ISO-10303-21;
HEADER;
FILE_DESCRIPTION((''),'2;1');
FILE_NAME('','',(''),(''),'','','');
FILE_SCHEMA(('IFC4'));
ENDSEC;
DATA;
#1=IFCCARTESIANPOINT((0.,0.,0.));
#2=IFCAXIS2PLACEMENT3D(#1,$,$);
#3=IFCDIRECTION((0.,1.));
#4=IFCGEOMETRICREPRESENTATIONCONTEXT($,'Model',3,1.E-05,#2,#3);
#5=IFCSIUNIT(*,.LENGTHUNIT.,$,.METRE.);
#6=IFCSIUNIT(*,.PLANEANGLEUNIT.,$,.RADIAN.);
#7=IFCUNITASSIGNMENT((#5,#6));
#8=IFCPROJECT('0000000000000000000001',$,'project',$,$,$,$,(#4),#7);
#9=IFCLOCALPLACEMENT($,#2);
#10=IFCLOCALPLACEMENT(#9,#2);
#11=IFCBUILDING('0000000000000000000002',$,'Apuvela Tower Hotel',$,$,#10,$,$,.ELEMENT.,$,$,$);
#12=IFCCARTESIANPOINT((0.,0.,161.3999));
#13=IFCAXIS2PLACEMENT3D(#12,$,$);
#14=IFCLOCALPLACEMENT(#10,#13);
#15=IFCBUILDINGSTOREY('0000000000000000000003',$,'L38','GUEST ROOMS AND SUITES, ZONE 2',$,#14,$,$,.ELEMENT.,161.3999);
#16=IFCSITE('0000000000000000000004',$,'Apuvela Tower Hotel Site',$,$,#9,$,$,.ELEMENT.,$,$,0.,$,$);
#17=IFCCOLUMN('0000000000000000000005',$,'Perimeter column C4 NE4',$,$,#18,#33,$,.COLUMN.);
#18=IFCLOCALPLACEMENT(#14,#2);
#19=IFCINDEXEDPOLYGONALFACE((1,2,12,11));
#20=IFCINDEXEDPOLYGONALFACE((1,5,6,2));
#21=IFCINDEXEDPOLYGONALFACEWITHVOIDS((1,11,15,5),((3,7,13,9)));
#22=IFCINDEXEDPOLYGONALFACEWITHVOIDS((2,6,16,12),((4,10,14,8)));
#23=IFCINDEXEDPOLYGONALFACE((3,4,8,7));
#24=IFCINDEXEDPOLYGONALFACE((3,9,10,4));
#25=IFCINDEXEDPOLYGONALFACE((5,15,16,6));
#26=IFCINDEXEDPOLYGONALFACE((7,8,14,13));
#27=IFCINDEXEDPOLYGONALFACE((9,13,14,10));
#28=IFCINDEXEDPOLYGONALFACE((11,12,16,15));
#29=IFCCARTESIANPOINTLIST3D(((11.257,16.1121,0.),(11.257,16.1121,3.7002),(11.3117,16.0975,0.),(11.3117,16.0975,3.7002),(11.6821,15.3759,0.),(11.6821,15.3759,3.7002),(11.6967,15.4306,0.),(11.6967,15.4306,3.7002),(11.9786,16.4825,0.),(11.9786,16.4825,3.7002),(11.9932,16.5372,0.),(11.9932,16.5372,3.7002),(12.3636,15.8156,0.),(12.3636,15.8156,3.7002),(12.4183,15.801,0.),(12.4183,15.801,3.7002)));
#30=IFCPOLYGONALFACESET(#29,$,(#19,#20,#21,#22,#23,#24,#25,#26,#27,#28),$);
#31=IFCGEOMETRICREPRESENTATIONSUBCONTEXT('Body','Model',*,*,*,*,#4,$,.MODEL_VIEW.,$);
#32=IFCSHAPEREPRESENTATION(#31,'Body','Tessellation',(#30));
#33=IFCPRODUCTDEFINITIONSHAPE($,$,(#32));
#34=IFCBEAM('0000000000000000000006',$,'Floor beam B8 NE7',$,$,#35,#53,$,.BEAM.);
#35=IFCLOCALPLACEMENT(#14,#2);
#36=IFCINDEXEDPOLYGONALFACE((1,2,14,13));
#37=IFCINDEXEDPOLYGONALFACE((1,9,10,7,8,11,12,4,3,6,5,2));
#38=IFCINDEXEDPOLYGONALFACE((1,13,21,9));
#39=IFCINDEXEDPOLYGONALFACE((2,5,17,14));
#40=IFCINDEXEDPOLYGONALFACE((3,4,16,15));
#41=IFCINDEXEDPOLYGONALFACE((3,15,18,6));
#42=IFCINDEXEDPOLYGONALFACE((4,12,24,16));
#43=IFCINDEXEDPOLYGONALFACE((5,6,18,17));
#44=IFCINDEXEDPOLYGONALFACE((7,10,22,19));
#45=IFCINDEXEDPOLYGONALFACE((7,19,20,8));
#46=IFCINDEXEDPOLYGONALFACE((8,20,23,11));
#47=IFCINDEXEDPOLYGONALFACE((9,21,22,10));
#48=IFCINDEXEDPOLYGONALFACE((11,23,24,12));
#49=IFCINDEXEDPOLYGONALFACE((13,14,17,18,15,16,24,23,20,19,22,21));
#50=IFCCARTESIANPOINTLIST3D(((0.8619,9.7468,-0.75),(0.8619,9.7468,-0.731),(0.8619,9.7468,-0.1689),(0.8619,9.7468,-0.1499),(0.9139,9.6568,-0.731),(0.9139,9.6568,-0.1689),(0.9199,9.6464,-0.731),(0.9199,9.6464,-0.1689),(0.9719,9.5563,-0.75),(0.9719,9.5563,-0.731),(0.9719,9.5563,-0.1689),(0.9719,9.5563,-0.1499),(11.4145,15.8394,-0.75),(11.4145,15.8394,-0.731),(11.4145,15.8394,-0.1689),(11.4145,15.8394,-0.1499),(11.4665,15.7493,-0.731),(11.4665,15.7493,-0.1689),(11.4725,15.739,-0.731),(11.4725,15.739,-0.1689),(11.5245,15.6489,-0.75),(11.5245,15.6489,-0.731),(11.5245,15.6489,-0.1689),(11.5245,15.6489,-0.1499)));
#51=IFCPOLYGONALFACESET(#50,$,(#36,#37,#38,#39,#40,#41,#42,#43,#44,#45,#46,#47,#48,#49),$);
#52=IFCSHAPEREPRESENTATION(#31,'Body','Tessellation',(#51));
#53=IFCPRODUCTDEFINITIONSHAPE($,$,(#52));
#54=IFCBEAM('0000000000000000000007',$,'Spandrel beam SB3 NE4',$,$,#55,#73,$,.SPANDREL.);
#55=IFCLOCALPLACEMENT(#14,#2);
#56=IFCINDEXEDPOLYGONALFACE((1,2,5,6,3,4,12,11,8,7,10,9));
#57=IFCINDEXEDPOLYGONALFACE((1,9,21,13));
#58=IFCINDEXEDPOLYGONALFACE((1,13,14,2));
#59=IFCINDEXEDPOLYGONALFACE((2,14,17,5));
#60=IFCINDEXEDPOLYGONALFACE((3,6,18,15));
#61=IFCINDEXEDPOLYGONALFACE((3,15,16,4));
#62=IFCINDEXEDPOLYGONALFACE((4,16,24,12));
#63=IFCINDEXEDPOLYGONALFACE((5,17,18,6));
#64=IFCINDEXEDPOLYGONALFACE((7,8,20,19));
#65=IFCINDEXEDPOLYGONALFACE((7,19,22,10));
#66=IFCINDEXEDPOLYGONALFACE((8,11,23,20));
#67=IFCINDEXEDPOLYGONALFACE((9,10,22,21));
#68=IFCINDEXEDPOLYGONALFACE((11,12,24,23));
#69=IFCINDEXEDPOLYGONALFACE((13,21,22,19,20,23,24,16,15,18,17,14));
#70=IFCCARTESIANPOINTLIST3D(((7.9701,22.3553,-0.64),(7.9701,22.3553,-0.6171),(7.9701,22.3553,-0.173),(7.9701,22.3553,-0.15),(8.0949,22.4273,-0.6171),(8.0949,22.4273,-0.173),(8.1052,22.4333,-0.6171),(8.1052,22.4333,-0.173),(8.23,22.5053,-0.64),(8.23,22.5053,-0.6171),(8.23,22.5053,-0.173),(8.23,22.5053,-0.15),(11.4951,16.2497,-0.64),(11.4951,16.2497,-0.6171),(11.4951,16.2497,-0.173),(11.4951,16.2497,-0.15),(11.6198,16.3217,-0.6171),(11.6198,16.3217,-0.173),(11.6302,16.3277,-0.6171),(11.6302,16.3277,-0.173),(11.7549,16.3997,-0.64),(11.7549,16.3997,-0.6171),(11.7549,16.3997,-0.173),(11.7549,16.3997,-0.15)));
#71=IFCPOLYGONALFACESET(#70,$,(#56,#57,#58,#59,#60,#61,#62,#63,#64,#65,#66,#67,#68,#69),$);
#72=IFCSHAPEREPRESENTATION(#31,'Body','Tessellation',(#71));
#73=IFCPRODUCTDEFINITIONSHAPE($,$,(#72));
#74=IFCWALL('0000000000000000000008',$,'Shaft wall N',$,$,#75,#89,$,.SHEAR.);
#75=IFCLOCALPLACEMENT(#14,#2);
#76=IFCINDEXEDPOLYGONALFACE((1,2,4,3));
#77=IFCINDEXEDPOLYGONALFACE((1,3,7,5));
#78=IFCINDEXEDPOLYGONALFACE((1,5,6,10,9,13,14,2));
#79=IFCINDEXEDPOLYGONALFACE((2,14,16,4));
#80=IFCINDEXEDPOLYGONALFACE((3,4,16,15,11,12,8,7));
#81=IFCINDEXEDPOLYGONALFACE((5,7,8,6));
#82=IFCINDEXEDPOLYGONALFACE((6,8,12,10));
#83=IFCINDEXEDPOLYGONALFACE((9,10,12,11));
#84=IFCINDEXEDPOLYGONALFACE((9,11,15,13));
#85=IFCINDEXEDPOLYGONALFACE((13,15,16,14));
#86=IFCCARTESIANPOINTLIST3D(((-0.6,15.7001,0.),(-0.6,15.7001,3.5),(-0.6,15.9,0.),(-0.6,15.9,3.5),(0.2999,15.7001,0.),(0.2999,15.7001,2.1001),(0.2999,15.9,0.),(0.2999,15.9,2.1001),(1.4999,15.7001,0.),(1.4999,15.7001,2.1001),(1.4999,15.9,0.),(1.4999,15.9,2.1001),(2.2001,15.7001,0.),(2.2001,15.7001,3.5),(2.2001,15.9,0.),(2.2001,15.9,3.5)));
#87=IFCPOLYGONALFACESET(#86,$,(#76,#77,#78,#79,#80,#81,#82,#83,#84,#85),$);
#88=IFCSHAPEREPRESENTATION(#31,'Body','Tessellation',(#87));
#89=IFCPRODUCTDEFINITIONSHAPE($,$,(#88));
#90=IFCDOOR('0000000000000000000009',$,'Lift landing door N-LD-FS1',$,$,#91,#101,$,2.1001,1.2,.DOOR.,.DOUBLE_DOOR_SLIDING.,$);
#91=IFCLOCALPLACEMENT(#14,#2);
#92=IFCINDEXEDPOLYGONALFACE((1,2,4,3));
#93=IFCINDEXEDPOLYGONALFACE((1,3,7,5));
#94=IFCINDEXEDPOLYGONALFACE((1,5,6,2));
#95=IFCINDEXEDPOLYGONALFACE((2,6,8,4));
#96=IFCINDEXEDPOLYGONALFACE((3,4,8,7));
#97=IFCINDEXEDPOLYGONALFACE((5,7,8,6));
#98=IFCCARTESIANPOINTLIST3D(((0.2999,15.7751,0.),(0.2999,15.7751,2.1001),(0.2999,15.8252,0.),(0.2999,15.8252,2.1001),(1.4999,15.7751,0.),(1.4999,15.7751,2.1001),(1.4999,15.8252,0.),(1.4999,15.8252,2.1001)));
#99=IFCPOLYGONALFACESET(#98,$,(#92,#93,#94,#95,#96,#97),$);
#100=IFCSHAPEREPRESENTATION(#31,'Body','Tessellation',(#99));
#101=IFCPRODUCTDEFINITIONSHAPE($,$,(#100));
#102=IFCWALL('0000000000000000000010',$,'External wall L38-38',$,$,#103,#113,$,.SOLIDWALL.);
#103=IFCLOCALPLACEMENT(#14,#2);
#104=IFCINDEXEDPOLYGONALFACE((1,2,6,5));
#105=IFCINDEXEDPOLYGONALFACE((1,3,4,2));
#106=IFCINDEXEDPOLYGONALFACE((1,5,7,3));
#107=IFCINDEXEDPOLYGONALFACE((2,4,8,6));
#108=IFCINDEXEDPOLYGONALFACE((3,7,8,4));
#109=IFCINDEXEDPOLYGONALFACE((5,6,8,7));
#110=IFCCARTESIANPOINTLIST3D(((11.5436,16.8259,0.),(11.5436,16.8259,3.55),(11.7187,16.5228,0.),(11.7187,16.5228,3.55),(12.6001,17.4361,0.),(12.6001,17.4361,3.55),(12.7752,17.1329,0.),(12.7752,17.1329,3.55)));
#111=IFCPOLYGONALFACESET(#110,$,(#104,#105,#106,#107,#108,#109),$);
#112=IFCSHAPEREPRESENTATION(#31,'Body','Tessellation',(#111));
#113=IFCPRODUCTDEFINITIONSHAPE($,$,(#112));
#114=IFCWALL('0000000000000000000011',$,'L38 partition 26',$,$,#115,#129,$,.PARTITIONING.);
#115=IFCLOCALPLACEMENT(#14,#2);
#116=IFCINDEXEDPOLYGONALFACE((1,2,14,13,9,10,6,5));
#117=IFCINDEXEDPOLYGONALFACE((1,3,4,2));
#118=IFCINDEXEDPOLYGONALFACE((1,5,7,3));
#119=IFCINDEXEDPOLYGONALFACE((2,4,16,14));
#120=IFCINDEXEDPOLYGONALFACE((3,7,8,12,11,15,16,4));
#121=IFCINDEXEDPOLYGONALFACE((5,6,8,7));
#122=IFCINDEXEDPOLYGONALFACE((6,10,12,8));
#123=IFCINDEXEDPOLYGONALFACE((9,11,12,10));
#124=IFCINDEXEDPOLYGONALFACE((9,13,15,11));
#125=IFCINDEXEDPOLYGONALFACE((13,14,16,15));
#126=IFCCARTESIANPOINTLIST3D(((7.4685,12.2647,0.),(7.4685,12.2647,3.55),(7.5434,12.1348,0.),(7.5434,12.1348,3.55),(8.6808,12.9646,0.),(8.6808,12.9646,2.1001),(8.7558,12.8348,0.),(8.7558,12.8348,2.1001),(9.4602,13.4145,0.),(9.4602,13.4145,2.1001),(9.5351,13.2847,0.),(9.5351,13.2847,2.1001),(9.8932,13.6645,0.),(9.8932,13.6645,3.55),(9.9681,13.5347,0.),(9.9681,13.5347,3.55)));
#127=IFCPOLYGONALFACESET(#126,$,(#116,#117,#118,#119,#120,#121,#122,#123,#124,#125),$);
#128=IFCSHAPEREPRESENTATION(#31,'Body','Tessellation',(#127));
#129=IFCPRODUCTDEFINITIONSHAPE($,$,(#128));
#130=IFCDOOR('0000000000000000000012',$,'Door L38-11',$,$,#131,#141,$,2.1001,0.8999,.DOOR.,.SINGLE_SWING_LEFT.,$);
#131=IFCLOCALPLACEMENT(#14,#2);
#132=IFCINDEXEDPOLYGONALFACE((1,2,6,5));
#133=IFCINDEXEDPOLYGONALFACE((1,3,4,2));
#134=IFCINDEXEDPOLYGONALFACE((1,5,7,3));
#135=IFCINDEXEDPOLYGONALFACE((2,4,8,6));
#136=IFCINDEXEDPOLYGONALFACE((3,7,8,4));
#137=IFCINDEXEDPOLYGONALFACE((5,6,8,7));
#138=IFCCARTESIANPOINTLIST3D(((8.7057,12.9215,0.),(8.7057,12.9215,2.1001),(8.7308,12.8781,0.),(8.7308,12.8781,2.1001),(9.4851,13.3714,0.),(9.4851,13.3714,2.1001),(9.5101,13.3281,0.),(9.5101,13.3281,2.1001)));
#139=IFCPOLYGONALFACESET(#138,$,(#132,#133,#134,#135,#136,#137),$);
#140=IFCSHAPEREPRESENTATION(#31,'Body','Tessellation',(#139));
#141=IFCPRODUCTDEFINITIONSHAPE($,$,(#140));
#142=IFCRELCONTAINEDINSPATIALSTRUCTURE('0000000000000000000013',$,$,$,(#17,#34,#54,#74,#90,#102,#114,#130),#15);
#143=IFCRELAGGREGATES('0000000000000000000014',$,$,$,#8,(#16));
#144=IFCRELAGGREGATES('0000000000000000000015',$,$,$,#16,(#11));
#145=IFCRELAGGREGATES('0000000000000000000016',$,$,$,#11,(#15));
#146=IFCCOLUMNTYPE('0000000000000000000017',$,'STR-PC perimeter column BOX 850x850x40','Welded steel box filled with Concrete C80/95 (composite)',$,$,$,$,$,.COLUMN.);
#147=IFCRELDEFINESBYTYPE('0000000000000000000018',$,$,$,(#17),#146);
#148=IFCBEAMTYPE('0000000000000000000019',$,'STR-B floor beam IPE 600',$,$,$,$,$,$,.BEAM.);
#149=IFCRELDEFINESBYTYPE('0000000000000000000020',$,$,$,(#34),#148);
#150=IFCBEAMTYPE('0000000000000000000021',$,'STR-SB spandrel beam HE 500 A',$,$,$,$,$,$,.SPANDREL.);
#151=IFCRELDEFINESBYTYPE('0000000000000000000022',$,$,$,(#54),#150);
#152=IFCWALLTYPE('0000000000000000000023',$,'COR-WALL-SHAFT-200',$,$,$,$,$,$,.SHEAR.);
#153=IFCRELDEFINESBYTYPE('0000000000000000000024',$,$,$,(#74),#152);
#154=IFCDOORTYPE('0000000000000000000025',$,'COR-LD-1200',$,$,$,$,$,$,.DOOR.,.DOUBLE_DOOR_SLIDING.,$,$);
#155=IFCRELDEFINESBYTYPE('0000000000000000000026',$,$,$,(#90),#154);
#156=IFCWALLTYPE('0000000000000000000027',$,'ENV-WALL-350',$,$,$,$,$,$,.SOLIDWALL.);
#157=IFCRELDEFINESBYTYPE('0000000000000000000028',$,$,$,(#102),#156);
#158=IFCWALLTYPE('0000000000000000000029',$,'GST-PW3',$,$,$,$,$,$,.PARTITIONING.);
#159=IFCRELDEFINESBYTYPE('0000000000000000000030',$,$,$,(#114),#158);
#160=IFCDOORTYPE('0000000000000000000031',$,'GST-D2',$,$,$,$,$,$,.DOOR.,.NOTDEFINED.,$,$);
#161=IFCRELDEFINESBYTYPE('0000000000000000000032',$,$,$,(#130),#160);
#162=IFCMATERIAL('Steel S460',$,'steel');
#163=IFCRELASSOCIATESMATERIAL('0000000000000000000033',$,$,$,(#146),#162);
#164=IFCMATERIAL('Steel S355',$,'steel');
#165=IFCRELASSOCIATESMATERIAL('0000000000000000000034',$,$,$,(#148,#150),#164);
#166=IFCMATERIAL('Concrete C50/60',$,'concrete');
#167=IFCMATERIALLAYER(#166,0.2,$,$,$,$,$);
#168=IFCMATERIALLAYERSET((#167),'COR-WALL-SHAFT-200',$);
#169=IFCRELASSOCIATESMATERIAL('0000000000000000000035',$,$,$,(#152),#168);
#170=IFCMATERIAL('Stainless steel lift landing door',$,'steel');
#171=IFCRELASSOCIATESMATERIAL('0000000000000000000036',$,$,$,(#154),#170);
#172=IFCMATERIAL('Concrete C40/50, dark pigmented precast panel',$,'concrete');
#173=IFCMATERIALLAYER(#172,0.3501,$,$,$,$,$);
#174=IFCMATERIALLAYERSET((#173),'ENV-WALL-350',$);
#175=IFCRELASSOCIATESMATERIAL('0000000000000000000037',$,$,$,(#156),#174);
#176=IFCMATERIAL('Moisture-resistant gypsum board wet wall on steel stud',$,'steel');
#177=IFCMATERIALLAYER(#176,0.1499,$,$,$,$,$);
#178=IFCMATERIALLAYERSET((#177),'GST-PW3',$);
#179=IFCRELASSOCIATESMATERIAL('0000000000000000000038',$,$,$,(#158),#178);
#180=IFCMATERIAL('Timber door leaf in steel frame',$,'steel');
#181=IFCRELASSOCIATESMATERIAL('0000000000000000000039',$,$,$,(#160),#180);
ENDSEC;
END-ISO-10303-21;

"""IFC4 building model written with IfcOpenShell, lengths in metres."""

from ifc_helpers import new_model, si_unit, direction, frame, frame_2d, origin, origin_2d, place, context, subcontext, project, spatial, rectangle, hollow_rectangle, i_section, extrude, material, layer, layer_set, material_profile, profile_set, type_object, element, fill, save


model = new_model("IFC4")

# Units and contexts
model_context = context("Model", 3, precision=1e-05, world=origin(), true_north=direction((0.0, 1.0)))
body_context = subcontext(model_context, "Body", "Model", "MODEL_VIEW")
ifc_project = project(units=[si_unit("LENGTHUNIT", "METRE"), si_unit("PLANEANGLEUNIT", "RADIAN")], contexts=[model_context])

# Site, building, storey
site_placement = place(None, origin())
site = spatial("IfcSite", under=ifc_project, at=site_placement, Name="Apuvela Tower Hotel Site", CompositionType="ELEMENT", RefElevation=0.0)
building_placement = place(site_placement, origin())
building = spatial("IfcBuilding", under=site, at=building_placement, Name="Apuvela Tower Hotel", CompositionType="ELEMENT")
storey_placement = place(building_placement, frame((0.0, 0.0, 161.3999)))
storey = spatial("IfcBuildingStorey", under=building, at=storey_placement, Name="L38", Description="GUEST ROOMS AND SUITES, ZONE 2", CompositionType="ELEMENT", Elevation=161.3999)

# Column
ifc_material_1 = material(Name="Steel S460", Category="steel")
ifc_material_profile_1 = material_profile(ifc_material_1, hollow_rectangle(XDim=0.8501, YDim=0.8501, WallThickness=0.04, at=origin_2d()), Name="BOX 850x850x40")
ifc_material_2 = material(Name="Concrete C80/95", Category="concrete")
ifc_material_profile_2 = material_profile(ifc_material_2, rectangle(XDim=0.77, YDim=0.77, at=origin_2d()), Name="Concrete C80/95 infill")
ifc_profile_set_1 = profile_set([ifc_material_profile_1, ifc_material_profile_2], Name="Steel S460")
column_type = type_object("IfcColumnType", Name="STR-PC perimeter column BOX 850x850x40", Description="Welded steel box filled with Concrete C80/95 (composite)", PredefinedType="COLUMN", material=ifc_profile_set_1)
column_placement = place(storey_placement, frame((11.8376, 15.9565, 0.0), z_axis=(0.0, 0.0, 1.0), x_axis=(-0.5, 0.866025, 0.0)))
element("IfcColumn", 1, at=column_placement, inside=storey, type_object=column_type, Name="Perimeter column C4 NE4", PredefinedType="COLUMN", context=body_context, shape_type="SweptSolid", body=[
    extrude(hollow_rectangle(XDim=0.8501, YDim=0.8501, WallThickness=0.04, at=origin_2d()), origin(), (0.0, 0.0, 1.0), 3.7002),
])

# Beams
ifc_material_3 = material(Name="Steel S355", Category="steel")
ifc_material_profile_3 = material_profile(ifc_material_3, i_section(OverallWidth=0.22, OverallDepth=0.6001, WebThickness=0.012, FlangeThickness=0.019, at=origin_2d()), Name="IPE 600")
ifc_profile_set_2 = profile_set([ifc_material_profile_3], Name="Steel S355")
beam_type_1 = type_object("IfcBeamType", Name="STR-B floor beam IPE 600", PredefinedType="BEAM", material=ifc_profile_set_2)
beam_1_placement = place(storey_placement, frame((11.4695, 15.7441, -0.45), z_axis=(-0.866024, -0.500003, 0.0), x_axis=(0.500003, -0.866024, 0.0)))
element("IfcBeam", 2, at=beam_1_placement, inside=storey, type_object=beam_type_1, Name="Floor beam B8 NE7", PredefinedType="BEAM", context=body_context, shape_type="SweptSolid", body=[
    extrude(i_section(OverallWidth=0.22, OverallDepth=0.6001, WebThickness=0.012, FlangeThickness=0.019, at=origin_2d()), origin(), (0.0, 0.0, 1.0), 12.1851),
])
ifc_material_profile_4 = material_profile(ifc_material_3, i_section(OverallWidth=0.3, OverallDepth=0.49, WebThickness=0.012, FlangeThickness=0.0229, at=origin_2d()), Name="HE 500 A")
ifc_profile_set_3 = profile_set([ifc_material_profile_4], Name="Steel S355")
beam_type_2 = type_object("IfcBeamType", Name="STR-SB spandrel beam HE 500 A", PredefinedType="SPANDREL", material=ifc_profile_set_3)
beam_2_placement = place(storey_placement, frame((11.625, 16.3247, -0.395), z_axis=(-0.49999, 0.866031, 0.0), x_axis=(-0.866031, -0.49999, 0.0)))
element("IfcBeam", 3, at=beam_2_placement, inside=storey, type_object=beam_type_2, Name="Spandrel beam SB3 NE4", PredefinedType="SPANDREL", context=body_context, shape_type="SweptSolid", body=[
    extrude(i_section(OverallWidth=0.3, OverallDepth=0.49, WebThickness=0.012, FlangeThickness=0.0229, at=origin_2d()), origin(), (0.0, 0.0, 1.0), 7.05),
])

# Wall, opening, door
ifc_material_4 = material(Name="Concrete C50/60", Category="concrete")
ifc_layer_1 = layer(ifc_material_4, 0.2)
ifc_layer_set_1 = layer_set([ifc_layer_1], Name="COR-WALL-SHAFT-200")
wall_type_1 = type_object("IfcWallType", Name="COR-WALL-SHAFT-200", PredefinedType="SHEAR", material=ifc_layer_set_1)
wall_1_placement = place(storey_placement, frame((2.2, 15.8, 0.0), z_axis=(0.0, 0.0, 1.0), x_axis=(-1.0, 0.0, 0.0)))
wall_1 = element("IfcWall", 4, at=wall_1_placement, inside=storey, type_object=wall_type_1, Name="Shaft wall N", PredefinedType="SHEAR", context=body_context, shape_type="SweptSolid", body=[
    extrude(rectangle(XDim=2.8, YDim=0.2, at=frame_2d((1.3999, 0.0))), origin(), (0.0, 0.0, 1.0), 3.5),
])
opening_1_placement = place(wall_1_placement, frame((0.7, 0.0, 0.0)))
opening_1 = element("IfcOpeningElement", 5, at=opening_1_placement, cuts=wall_1, PredefinedType="OPENING", context=body_context, shape_type="SweptSolid", body=[
    extrude(rectangle(XDim=1.2, YDim=2.1001, at=frame_2d((0.6001, 1.05))), frame((0.0, 0.1099, 0.0), z_axis=(0.0, -1.0, 0.0), x_axis=(1.0, 0.0, 0.0)), (0.0, 0.0, 1.0), 0.22),
])
ifc_material_5 = material(Name="Stainless steel lift landing door", Category="steel")
door_type_1 = type_object("IfcDoorType", Name="COR-LD-1200", OperationType="DOUBLE_DOOR_SLIDING", PredefinedType="DOOR", material=ifc_material_5)
door_1_placement = place(opening_1_placement, origin())
door_1 = element("IfcDoor", 6, at=door_1_placement, inside=storey, type_object=door_type_1, Name="Lift landing door N-LD-FS1", OperationType="DOUBLE_DOOR_SLIDING", OverallHeight=2.1001, OverallWidth=1.2, PredefinedType="DOOR", context=body_context, shape_type="SweptSolid", body=[
    extrude(rectangle(XDim=1.2, YDim=2.1001, at=frame_2d((0.6001, 1.05))), frame((0.0, 0.0249, 0.0), z_axis=(0.0, -1.0, 0.0), x_axis=(1.0, 0.0, 0.0)), (0.0, 0.0, 1.0), 0.05),
])
fill(opening_1, door_1)

# Wall
ifc_material_6 = material(Name="Concrete C40/50, dark pigmented precast panel", Category="concrete")
ifc_layer_2 = layer(ifc_material_6, 0.3501)
ifc_layer_set_2 = layer_set([ifc_layer_2], Name="ENV-WALL-350")
wall_type_2 = type_object("IfcWallType", Name="ENV-WALL-350", PredefinedType="SOLIDWALL", material=ifc_layer_set_2)
wall_2_placement = place(storey_placement, frame((12.6875, 17.2844, 0.0), z_axis=(0.0, 0.0, 1.0), x_axis=(-0.865956, -0.500121, 0.0)))
element("IfcWall", 7, at=wall_2_placement, inside=storey, type_object=wall_type_2, Name="External wall L38-38", PredefinedType="SOLIDWALL", context=body_context, shape_type="SweptSolid", body=[
    extrude(rectangle(XDim=1.22, YDim=0.3501, at=frame_2d((0.6099, 0.0))), origin(), (0.0, 0.0, 1.0), 3.55),
])

# Wall, opening, door
ifc_material_7 = material(Name="Moisture-resistant gypsum board wet wall on steel stud", Category="steel")
ifc_layer_3 = layer(ifc_material_7, 0.1499)
ifc_layer_set_3 = layer_set([ifc_layer_3], Name="GST-PW3")
wall_type_3 = type_object("IfcWallType", Name="GST-PW3", PredefinedType="PARTITIONING", material=ifc_layer_set_3)
wall_3_placement = place(storey_placement, frame((9.9307, 13.5996, 0.0), z_axis=(0.0, 0.0, 1.0), x_axis=(-0.866035, -0.499984, 0.0)))
wall_3 = element("IfcWall", 8, at=wall_3_placement, inside=storey, type_object=wall_type_3, Name="L38 partition 26", PredefinedType="PARTITIONING", context=body_context, shape_type="SweptSolid", body=[
    extrude(rectangle(XDim=2.7998, YDim=0.1499, at=frame_2d((1.3999, 0.0))), origin(), (0.0, 0.0, 1.0), 3.55),
])
opening_2_placement = place(wall_3_placement, frame((0.5, 0.0, 0.0)))
opening_2 = element("IfcOpeningElement", 9, at=opening_2_placement, cuts=wall_3, PredefinedType="OPENING", context=body_context, shape_type="SweptSolid", body=[
    extrude(rectangle(XDim=0.8999, YDim=2.1001, at=frame_2d((0.45, 1.05))), frame((0.0, 0.085, 0.0), z_axis=(0.0, -1.0, 0.0), x_axis=(1.0, 0.0, 0.0)), (0.0, 0.0, 1.0), 0.1699),
])
ifc_material_8 = material(Name="Timber door leaf in steel frame", Category="steel")
door_type_2 = type_object("IfcDoorType", Name="GST-D2", OperationType="NOTDEFINED", PredefinedType="DOOR", material=ifc_material_8)
door_2_placement = place(opening_2_placement, origin())
door_2 = element("IfcDoor", 10, at=door_2_placement, inside=storey, type_object=door_type_2, Name="Door L38-11", OperationType="SINGLE_SWING_LEFT", OverallHeight=2.1001, OverallWidth=0.8999, PredefinedType="DOOR", context=body_context, shape_type="SweptSolid", body=[
    extrude(rectangle(XDim=0.8999, YDim=2.1001, at=frame_2d((0.45, 1.05))), frame((0.0, 0.0249, 0.0), z_axis=(0.0, -1.0, 0.0), x_axis=(1.0, 0.0, 0.0)), (0.0, 0.0, 1.0), 0.05),
])
fill(opening_2, door_2)

save(model, "model.ifc")
